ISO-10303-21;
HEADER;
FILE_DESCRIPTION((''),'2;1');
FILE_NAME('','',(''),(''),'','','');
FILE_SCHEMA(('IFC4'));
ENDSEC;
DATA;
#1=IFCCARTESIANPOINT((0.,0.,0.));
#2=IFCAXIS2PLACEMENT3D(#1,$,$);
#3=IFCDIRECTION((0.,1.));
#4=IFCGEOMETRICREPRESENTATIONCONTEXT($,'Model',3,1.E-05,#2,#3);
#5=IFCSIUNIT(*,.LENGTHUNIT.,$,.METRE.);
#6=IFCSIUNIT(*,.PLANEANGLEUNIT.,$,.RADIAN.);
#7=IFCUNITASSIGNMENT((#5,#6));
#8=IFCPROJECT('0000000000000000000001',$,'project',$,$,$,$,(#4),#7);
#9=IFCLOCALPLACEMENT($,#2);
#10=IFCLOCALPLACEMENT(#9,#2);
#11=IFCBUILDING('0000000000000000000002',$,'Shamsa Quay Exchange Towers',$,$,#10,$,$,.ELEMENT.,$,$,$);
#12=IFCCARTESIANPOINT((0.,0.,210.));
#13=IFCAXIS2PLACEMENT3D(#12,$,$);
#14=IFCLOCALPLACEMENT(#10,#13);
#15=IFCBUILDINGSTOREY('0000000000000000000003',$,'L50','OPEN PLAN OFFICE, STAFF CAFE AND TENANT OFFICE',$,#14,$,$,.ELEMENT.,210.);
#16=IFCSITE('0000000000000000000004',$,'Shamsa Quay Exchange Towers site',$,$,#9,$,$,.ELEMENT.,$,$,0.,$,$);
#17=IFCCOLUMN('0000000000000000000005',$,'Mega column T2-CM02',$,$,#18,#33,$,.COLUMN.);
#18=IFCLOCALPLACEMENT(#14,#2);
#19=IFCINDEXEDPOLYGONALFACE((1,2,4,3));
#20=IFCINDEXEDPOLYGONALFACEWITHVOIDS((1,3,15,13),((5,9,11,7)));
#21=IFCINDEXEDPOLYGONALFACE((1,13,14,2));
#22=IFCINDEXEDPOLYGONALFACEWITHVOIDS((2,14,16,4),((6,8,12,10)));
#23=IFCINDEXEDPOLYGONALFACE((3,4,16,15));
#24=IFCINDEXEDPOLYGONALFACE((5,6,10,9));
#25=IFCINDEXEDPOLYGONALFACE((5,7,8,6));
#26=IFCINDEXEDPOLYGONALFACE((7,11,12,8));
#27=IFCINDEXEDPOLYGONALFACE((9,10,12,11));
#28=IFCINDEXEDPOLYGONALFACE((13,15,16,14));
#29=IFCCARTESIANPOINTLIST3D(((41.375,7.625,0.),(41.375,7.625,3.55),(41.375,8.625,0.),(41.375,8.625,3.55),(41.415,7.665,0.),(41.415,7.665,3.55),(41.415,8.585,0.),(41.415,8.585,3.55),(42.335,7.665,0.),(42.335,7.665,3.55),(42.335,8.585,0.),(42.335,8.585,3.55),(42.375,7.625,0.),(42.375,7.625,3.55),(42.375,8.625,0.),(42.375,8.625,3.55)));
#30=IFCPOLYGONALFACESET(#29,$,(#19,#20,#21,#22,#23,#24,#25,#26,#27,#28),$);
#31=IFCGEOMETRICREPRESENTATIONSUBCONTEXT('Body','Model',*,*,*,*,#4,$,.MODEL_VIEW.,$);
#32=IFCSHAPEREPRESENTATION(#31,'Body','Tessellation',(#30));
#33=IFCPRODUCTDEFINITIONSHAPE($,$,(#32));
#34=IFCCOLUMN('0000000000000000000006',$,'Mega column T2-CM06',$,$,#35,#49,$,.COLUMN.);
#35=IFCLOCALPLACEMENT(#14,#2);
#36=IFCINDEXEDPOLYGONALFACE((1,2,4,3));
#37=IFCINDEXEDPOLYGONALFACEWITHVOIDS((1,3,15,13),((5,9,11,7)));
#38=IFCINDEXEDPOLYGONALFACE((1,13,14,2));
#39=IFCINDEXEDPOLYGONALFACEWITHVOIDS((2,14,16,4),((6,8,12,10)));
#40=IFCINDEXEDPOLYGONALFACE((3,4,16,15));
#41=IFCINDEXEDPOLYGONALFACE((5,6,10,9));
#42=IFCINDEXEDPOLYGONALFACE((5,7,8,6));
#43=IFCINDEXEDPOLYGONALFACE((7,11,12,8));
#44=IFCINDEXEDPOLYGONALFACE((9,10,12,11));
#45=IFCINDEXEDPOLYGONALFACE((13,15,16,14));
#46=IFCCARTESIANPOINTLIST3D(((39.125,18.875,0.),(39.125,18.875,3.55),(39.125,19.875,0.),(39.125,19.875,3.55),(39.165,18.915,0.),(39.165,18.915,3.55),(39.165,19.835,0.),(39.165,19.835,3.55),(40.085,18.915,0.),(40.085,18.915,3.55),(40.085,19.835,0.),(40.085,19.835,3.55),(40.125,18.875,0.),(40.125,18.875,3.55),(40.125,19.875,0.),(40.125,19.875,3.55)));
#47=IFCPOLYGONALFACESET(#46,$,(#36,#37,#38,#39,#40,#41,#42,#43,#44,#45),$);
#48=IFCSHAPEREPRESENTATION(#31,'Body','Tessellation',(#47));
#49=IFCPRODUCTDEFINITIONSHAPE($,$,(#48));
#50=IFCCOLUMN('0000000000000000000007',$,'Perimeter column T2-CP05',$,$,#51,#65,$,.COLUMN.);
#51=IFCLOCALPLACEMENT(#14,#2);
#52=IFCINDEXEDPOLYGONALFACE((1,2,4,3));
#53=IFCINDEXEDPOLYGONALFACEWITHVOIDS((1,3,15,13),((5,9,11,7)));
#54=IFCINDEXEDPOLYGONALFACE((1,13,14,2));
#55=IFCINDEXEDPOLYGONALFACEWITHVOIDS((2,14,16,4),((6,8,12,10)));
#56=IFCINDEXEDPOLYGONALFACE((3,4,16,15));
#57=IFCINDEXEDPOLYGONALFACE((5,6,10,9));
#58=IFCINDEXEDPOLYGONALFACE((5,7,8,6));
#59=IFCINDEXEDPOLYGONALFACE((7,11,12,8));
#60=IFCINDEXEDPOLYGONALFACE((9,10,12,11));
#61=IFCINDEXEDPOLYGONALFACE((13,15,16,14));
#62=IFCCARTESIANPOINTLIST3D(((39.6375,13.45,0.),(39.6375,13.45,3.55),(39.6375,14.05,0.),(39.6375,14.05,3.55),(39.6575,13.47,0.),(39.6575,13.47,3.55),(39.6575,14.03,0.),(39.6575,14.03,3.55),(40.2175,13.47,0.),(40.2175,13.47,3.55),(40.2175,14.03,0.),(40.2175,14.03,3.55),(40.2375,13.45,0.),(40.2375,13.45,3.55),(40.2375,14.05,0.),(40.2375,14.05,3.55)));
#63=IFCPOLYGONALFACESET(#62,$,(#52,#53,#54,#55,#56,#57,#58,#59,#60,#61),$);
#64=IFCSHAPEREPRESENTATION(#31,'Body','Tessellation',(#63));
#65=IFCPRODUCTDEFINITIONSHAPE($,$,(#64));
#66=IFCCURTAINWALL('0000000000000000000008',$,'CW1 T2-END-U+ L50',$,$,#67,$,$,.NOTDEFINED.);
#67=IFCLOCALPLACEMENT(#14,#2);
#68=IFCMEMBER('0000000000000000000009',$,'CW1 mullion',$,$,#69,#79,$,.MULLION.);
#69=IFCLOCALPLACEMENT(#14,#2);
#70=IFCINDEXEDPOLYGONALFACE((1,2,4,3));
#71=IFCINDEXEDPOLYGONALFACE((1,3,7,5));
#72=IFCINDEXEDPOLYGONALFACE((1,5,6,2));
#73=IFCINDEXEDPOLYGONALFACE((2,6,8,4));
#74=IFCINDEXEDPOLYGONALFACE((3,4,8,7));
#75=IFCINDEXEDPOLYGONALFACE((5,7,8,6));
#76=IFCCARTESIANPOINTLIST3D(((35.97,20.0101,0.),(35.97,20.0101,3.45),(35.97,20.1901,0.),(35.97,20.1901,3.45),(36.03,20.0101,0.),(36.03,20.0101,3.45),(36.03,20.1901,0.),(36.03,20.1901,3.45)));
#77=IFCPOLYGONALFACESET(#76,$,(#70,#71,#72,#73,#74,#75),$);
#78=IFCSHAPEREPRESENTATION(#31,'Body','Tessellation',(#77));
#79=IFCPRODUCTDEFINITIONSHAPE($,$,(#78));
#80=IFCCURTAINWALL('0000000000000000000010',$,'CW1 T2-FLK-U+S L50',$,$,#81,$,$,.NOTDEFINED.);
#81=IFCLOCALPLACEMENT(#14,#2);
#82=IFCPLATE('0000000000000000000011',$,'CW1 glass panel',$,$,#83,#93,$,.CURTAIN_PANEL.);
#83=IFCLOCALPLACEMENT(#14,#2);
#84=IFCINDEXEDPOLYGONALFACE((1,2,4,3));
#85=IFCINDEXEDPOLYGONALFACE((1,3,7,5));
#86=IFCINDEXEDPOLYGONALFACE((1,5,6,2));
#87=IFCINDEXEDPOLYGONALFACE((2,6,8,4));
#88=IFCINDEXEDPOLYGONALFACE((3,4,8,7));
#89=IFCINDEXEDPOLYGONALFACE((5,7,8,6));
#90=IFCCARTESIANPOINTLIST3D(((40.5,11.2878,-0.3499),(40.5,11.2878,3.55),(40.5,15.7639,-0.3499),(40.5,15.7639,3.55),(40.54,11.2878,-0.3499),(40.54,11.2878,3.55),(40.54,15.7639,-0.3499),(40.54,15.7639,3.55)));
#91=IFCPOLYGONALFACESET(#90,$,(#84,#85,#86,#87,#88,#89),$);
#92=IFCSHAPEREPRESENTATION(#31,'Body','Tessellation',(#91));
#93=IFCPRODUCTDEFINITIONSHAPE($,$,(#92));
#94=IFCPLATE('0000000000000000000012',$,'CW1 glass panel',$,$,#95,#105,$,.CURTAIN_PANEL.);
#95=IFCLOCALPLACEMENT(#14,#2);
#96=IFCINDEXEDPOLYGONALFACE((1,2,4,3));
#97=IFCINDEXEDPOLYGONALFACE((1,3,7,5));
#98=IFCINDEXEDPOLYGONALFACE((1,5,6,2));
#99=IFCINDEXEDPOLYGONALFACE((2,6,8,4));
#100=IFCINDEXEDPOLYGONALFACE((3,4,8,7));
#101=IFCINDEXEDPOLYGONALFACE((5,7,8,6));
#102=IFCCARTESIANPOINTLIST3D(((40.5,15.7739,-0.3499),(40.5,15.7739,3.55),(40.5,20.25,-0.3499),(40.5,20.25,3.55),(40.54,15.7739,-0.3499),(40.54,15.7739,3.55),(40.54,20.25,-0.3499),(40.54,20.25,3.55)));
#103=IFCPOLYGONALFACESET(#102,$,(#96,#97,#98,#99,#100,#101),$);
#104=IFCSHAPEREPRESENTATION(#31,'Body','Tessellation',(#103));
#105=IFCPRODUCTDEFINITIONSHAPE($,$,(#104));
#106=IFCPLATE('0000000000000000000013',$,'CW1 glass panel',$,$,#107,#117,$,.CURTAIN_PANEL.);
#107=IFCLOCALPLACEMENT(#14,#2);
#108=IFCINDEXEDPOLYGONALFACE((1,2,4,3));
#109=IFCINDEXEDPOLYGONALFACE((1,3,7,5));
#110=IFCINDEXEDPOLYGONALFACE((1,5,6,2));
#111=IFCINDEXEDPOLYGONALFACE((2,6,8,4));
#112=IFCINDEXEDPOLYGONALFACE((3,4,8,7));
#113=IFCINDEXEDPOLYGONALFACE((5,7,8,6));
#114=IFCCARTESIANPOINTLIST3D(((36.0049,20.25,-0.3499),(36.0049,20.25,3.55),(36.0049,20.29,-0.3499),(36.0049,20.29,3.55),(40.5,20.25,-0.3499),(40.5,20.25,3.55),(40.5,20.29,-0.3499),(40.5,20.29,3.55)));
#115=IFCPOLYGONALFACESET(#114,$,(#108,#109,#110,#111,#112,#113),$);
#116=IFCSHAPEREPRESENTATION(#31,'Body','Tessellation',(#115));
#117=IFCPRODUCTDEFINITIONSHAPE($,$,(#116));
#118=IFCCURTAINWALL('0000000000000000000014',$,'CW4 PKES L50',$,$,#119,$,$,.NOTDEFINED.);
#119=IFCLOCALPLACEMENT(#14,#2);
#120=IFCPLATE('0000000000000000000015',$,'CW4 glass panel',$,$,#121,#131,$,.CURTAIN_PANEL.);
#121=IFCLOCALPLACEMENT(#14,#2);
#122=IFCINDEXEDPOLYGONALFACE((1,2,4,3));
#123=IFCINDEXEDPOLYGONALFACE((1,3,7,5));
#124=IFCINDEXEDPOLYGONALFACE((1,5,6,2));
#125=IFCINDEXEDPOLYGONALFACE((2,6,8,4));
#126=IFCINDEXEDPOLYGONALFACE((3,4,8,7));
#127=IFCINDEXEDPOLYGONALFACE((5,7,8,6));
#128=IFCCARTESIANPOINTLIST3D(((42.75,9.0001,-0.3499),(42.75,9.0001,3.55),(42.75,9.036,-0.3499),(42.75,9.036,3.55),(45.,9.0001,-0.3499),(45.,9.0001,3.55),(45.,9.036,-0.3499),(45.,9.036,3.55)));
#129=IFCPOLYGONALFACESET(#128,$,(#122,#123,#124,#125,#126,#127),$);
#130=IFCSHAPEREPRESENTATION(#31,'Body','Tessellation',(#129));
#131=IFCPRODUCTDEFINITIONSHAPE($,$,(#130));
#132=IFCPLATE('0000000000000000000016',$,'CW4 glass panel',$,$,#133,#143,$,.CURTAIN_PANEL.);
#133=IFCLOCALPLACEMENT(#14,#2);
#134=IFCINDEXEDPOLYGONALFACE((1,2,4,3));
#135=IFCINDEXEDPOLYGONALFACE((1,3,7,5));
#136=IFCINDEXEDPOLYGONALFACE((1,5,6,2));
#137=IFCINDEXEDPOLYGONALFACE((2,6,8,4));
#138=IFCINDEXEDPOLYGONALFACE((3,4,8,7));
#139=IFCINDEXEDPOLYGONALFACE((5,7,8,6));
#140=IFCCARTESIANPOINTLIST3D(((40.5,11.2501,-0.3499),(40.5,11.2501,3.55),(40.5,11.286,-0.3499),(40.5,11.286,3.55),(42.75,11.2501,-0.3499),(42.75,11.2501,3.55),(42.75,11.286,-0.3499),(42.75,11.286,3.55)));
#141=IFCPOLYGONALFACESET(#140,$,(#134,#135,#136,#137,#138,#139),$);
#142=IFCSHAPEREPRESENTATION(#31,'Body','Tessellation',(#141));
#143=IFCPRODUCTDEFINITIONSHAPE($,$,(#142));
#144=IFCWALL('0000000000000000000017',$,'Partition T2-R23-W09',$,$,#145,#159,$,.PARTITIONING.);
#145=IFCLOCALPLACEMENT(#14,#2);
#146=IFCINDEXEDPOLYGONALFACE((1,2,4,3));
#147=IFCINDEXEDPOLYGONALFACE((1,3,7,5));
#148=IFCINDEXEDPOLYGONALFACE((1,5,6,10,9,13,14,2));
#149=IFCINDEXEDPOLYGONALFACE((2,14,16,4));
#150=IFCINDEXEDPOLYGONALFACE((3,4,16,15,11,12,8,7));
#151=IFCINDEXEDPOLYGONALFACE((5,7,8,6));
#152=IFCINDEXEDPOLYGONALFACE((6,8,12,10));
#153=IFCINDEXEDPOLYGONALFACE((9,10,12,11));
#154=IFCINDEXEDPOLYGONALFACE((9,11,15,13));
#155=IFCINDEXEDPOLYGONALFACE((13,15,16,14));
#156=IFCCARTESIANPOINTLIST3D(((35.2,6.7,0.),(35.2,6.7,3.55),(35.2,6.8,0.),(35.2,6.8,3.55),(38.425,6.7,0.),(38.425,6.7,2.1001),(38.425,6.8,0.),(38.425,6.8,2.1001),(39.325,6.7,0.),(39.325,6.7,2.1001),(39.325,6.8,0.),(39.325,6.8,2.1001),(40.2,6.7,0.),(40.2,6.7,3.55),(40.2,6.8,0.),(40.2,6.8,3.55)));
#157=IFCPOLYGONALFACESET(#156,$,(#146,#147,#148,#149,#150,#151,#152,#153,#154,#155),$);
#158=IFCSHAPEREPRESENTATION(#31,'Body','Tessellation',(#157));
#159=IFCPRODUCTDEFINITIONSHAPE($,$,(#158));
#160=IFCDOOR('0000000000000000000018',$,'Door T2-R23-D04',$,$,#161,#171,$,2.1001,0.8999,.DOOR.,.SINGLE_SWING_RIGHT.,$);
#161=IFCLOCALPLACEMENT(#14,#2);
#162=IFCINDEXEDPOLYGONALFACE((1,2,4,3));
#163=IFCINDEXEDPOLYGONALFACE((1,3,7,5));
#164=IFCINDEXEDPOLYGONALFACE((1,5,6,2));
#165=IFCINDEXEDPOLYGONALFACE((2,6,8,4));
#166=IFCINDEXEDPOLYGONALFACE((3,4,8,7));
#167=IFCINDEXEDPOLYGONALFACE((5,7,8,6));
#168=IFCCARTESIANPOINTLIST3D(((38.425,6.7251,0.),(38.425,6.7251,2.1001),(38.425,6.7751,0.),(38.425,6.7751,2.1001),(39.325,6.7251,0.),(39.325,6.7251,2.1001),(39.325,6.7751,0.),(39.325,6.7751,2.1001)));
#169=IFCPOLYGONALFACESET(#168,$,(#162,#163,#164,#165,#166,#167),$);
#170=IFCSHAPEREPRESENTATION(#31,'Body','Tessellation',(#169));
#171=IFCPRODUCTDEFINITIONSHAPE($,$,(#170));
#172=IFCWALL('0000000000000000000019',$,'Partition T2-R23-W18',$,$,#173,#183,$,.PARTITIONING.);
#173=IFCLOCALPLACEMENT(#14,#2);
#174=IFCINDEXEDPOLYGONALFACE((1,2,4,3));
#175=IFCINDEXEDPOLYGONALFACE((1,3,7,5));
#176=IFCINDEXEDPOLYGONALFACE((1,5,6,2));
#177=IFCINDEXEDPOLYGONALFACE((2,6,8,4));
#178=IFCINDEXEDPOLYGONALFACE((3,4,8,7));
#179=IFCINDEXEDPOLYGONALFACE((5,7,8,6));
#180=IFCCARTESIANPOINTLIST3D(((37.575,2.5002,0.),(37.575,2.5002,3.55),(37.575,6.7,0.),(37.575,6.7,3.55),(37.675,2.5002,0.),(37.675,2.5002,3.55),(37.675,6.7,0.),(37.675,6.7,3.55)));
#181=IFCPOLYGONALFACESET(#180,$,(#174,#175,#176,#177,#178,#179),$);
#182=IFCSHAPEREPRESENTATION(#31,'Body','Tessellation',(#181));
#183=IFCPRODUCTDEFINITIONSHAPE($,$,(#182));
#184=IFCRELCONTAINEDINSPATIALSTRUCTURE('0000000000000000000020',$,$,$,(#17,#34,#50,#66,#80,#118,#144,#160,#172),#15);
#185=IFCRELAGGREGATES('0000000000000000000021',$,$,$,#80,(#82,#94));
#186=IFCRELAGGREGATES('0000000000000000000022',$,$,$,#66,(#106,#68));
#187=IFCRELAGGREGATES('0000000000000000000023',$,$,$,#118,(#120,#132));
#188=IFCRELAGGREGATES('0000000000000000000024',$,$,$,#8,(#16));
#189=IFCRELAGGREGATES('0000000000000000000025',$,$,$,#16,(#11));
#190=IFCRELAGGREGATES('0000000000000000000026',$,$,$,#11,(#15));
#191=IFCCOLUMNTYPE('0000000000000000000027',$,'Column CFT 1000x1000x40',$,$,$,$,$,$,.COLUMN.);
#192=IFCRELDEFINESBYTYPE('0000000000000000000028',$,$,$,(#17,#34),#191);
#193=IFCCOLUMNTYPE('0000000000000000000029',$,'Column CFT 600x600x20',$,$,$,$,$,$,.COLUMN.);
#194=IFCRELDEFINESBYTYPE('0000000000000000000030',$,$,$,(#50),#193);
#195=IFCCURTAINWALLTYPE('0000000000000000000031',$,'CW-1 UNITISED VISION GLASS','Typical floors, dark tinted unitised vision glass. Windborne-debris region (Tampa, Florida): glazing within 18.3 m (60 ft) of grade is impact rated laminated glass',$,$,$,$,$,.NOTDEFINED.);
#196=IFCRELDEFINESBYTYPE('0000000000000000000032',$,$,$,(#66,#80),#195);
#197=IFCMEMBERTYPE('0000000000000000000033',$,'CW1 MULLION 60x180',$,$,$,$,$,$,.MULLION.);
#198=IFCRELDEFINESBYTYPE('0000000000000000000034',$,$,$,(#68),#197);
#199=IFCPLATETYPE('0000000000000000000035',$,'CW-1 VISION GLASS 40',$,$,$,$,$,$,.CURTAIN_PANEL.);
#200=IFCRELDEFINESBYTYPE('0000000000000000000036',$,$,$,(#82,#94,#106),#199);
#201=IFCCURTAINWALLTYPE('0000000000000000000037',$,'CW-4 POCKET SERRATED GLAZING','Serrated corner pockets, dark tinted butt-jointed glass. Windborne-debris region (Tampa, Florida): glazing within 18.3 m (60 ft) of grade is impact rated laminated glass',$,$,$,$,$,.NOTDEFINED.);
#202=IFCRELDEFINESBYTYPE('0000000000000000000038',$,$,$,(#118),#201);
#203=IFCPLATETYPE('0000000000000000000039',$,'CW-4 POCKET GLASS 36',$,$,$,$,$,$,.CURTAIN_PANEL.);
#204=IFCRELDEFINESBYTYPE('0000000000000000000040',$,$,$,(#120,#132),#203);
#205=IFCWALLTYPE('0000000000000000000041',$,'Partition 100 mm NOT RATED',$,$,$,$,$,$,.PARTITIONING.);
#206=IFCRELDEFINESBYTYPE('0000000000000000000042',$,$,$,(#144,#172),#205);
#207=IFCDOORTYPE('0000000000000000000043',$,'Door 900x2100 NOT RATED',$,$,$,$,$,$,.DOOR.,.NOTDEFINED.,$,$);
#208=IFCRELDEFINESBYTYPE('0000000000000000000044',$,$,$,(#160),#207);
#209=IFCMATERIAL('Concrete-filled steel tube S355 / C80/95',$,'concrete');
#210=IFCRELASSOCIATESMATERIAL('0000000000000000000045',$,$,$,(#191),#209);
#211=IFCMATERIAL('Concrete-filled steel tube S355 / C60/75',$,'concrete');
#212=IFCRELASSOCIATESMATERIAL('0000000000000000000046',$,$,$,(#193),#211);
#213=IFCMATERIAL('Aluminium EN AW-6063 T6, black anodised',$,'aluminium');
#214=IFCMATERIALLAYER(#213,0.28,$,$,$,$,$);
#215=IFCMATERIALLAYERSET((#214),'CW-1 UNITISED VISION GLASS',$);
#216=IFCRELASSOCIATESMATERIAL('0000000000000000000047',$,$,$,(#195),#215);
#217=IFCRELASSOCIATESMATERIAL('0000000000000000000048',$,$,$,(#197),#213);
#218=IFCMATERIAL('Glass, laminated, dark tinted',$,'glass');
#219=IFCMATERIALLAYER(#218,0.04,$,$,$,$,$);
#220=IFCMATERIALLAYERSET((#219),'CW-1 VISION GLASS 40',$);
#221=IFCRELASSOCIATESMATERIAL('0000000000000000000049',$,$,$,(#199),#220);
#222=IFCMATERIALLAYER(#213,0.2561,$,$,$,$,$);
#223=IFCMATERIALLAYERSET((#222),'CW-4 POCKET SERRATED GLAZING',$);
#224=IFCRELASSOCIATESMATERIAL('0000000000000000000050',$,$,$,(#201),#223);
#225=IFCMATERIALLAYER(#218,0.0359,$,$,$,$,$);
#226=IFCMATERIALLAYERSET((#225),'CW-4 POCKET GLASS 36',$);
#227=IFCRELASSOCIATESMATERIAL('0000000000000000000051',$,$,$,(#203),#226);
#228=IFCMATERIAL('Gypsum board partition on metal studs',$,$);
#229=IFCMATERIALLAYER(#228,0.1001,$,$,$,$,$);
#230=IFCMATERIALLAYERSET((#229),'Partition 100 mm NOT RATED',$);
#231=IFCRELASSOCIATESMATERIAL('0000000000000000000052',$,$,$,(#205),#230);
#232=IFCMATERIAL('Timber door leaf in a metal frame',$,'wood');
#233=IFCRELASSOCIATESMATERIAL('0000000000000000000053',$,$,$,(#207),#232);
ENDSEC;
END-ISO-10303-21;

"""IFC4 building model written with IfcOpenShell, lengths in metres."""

from ifc_helpers import new_model, si_unit, direction, frame, frame_2d, origin, origin_2d, place, context, subcontext, project, spatial, rectangle, hollow_rectangle, extrude, material, layer, layer_set, material_profile, profile_set, type_object, element, fill, aggregate, save


model = new_model("IFC4")

# Units and contexts
model_context = context("Model", 3, precision=1e-05, world=origin(), true_north=direction((0.0, 1.0)))
body_context = subcontext(model_context, "Body", "Model", "MODEL_VIEW")
ifc_project = project(units=[si_unit("LENGTHUNIT", "METRE"), si_unit("PLANEANGLEUNIT", "RADIAN")], contexts=[model_context])

# Site, building, storey
site_placement = place(None, origin())
site = spatial("IfcSite", under=ifc_project, at=site_placement, Name="Shamsa Quay Exchange Towers site", CompositionType="ELEMENT", RefElevation=0.0)
building_placement = place(site_placement, origin())
building = spatial("IfcBuilding", under=site, at=building_placement, Name="Shamsa Quay Exchange Towers", CompositionType="ELEMENT")
storey_placement = place(building_placement, frame((0.0, 0.0, 210.0)))
storey = spatial("IfcBuildingStorey", under=building, at=storey_placement, Name="L50", Description="OPEN PLAN OFFICE, STAFF CAFE AND TENANT OFFICE", CompositionType="ELEMENT", Elevation=210.0)

# Columns
ifc_material_1 = material(Name="Concrete-filled steel tube S355 / C80/95", Category="concrete")
ifc_material_profile_1 = material_profile(ifc_material_1, hollow_rectangle(XDim=1.0, YDim=1.0, WallThickness=0.04, at=origin_2d()), Name="CFT 1000x1000x40")
ifc_profile_set_1 = profile_set([ifc_material_profile_1], Name="Concrete-filled steel tube S355 / C80/95")
column_type_1 = type_object("IfcColumnType", Name="Column CFT 1000x1000x40", PredefinedType="COLUMN", material=ifc_profile_set_1)
for number, where, name in (
    (1, (41.875, 8.125, 0.0), "Mega column T2-CM02"),
    (2, (39.625, 19.375, 0.0), "Mega column T2-CM06"),
):
    element("IfcColumn", number, at=place(storey_placement, frame(where)), inside=storey, type_object=column_type_1, Name=name, PredefinedType="COLUMN", context=body_context, shape_type="SweptSolid", body=[
        extrude(hollow_rectangle(XDim=1.0, YDim=1.0, WallThickness=0.04, at=origin_2d()), origin(), (0.0, 0.0, 1.0), 3.55),
    ])
ifc_material_2 = material(Name="Concrete-filled steel tube S355 / C60/75", Category="concrete")
ifc_material_profile_2 = material_profile(ifc_material_2, hollow_rectangle(XDim=0.6001, YDim=0.6001, WallThickness=0.02, at=origin_2d()), Name="CFT 600x600x20")
ifc_profile_set_2 = profile_set([ifc_material_profile_2], Name="Concrete-filled steel tube S355 / C60/75")
column_type_2 = type_object("IfcColumnType", Name="Column CFT 600x600x20", PredefinedType="COLUMN", material=ifc_profile_set_2)
column_placement = place(storey_placement, frame((39.9375, 13.75, 0.0)))
element("IfcColumn", 3, at=column_placement, inside=storey, type_object=column_type_2, Name="Perimeter column T2-CP05", PredefinedType="COLUMN", context=body_context, shape_type="SweptSolid", body=[
    extrude(hollow_rectangle(XDim=0.6001, YDim=0.6001, WallThickness=0.02, at=origin_2d()), origin(), (0.0, 0.0, 1.0), 3.55),
])

# Curtain wall, member
ifc_material_3 = material(Name="Aluminium EN AW-6063 T6, black anodised", Category="aluminium")
ifc_layer_1 = layer(ifc_material_3, 0.28)
ifc_layer_set_1 = layer_set([ifc_layer_1], Name="CW-1 UNITISED VISION GLASS")
curtain_wall_type_1 = type_object("IfcCurtainWallType", Name="CW-1 UNITISED VISION GLASS", Description="Typical floors, dark tinted unitised vision glass. Windborne-debris region (Tampa, Florida): glazing within 18.3 m (60 ft) of grade is impact rated laminated glass", PredefinedType="NOTDEFINED", material=ifc_layer_set_1)
curtain_wall_1_placement = place(storey_placement, origin())
curtain_wall_1 = element("IfcCurtainWall", 4, at=curtain_wall_1_placement, inside=storey, type_object=curtain_wall_type_1, Name="CW1 T2-END-U+ L50", PredefinedType="NOTDEFINED")
ifc_material_profile_3 = material_profile(ifc_material_3, rectangle(XDim=0.1799, YDim=0.0601, at=origin_2d()), Name="MU60x180")
ifc_profile_set_3 = profile_set([ifc_material_profile_3], Name="Aluminium EN AW-6063 T6, black anodised")
member_type = type_object("IfcMemberType", Name="CW1 MULLION 60x180", PredefinedType="MULLION", material=ifc_profile_set_3)
member_placement = place(storey_placement, frame((36.0, 20.1001, 0.0), z_axis=(0.0, 0.0, 1.0), x_axis=(0.0, -1.0, 0.0)))
member = element("IfcMember", 5, at=member_placement, type_object=member_type, Name="CW1 mullion", PredefinedType="MULLION", context=body_context, shape_type="SweptSolid", body=[
    extrude(rectangle(XDim=0.1799, YDim=0.0601, at=origin_2d()), origin(), (0.0, 0.0, 1.0), 3.45),
])

# Curtain wall, plates
curtain_wall_2_placement = place(storey_placement, origin())
curtain_wall_2 = element("IfcCurtainWall", 6, at=curtain_wall_2_placement, inside=storey, type_object=curtain_wall_type_1, Name="CW1 T2-FLK-U+S L50", PredefinedType="NOTDEFINED")
ifc_material_4 = material(Name="Glass, laminated, dark tinted", Category="glass")
ifc_layer_2 = layer(ifc_material_4, 0.04)
ifc_layer_set_2 = layer_set([ifc_layer_2], Name="CW-1 VISION GLASS 40")
plate_type_1 = type_object("IfcPlateType", Name="CW-1 VISION GLASS 40", PredefinedType="CURTAIN_PANEL", material=ifc_layer_set_2)
plate_1_placement = place(storey_placement, frame((40.52, 13.5259, -0.3499), z_axis=(0.0, 0.0, 1.0), x_axis=(0.0, 1.0, 0.0)))
plate_1 = element("IfcPlate", 7, at=plate_1_placement, type_object=plate_type_1, Name="CW1 glass panel", PredefinedType="CURTAIN_PANEL", context=body_context, shape_type="SweptSolid", body=[
    extrude(rectangle(XDim=4.4761, YDim=0.04, at=origin_2d()), origin(), (0.0, 0.0, 1.0), 3.8999),
])
plate_2_placement = place(storey_placement, frame((40.52, 18.012, -0.3499), z_axis=(0.0, 0.0, 1.0), x_axis=(0.0, 1.0, 0.0)))
plate_2 = element("IfcPlate", 8, at=plate_2_placement, type_object=plate_type_1, Name="CW1 glass panel", PredefinedType="CURTAIN_PANEL", context=body_context, shape_type="SweptSolid", body=[
    extrude(rectangle(XDim=4.4761, YDim=0.04, at=origin_2d()), origin(), (0.0, 0.0, 1.0), 3.8999),
])
aggregate(curtain_wall_2, [plate_1, plate_2])

# Plate
plate_3_placement = place(storey_placement, frame((38.2524, 20.27, -0.3499), z_axis=(0.0, 0.0, 1.0), x_axis=(-1.0, 0.0, 0.0)))
plate_3 = element("IfcPlate", 9, at=plate_3_placement, type_object=plate_type_1, Name="CW1 glass panel", PredefinedType="CURTAIN_PANEL", context=body_context, shape_type="SweptSolid", body=[
    extrude(rectangle(XDim=4.4951, YDim=0.04, at=origin_2d()), origin(), (0.0, 0.0, 1.0), 3.8999),
])
aggregate(curtain_wall_1, [plate_3, member])

# Curtain wall, plates
ifc_layer_3 = layer(ifc_material_3, 0.2561)
ifc_layer_set_3 = layer_set([ifc_layer_3], Name="CW-4 POCKET SERRATED GLAZING")
curtain_wall_type_2 = type_object("IfcCurtainWallType", Name="CW-4 POCKET SERRATED GLAZING", Description="Serrated corner pockets, dark tinted butt-jointed glass. Windborne-debris region (Tampa, Florida): glazing within 18.3 m (60 ft) of grade is impact rated laminated glass", PredefinedType="NOTDEFINED", material=ifc_layer_set_3)
curtain_wall_3_placement = place(storey_placement, origin())
curtain_wall_3 = element("IfcCurtainWall", 10, at=curtain_wall_3_placement, inside=storey, type_object=curtain_wall_type_2, Name="CW4 PKES L50", PredefinedType="NOTDEFINED")
ifc_layer_4 = layer(ifc_material_4, 0.0359)
ifc_layer_set_4 = layer_set([ifc_layer_4], Name="CW-4 POCKET GLASS 36")
plate_type_2 = type_object("IfcPlateType", Name="CW-4 POCKET GLASS 36", PredefinedType="CURTAIN_PANEL", material=ifc_layer_set_4)
plate_4_placement = place(storey_placement, frame((43.875, 9.0181, -0.3499), z_axis=(0.0, 0.0, 1.0), x_axis=(-1.0, 0.0, 0.0)))
plate_4 = element("IfcPlate", 11, at=plate_4_placement, type_object=plate_type_2, Name="CW4 glass panel", PredefinedType="CURTAIN_PANEL", context=body_context, shape_type="SweptSolid", body=[
    extrude(rectangle(XDim=2.25, YDim=0.0359, at=origin_2d()), origin(), (0.0, 0.0, 1.0), 3.8999),
])
plate_5_placement = place(storey_placement, frame((41.625, 11.2681, -0.3499), z_axis=(0.0, 0.0, 1.0), x_axis=(-1.0, 0.0, 0.0)))
plate_5 = element("IfcPlate", 12, at=plate_5_placement, type_object=plate_type_2, Name="CW4 glass panel", PredefinedType="CURTAIN_PANEL", context=body_context, shape_type="SweptSolid", body=[
    extrude(rectangle(XDim=2.25, YDim=0.0359, at=origin_2d()), origin(), (0.0, 0.0, 1.0), 3.8999),
])
aggregate(curtain_wall_3, [plate_4, plate_5])

# Wall, opening, door
ifc_material_5 = material(Name="Gypsum board partition on metal studs")
ifc_layer_5 = layer(ifc_material_5, 0.1001)
ifc_layer_set_5 = layer_set([ifc_layer_5], Name="Partition 100 mm NOT RATED")
wall_type_1 = type_object("IfcWallType", Name="Partition 100 mm NOT RATED", PredefinedType="PARTITIONING", material=ifc_layer_set_5)
wall_1_placement = place(storey_placement, frame((40.2, 6.75, 0.0), z_axis=(0.0, 0.0, 1.0), x_axis=(-1.0, 0.0, 0.0)))
wall_1 = element("IfcWall", 13, at=wall_1_placement, inside=storey, type_object=wall_type_1, Name="Partition T2-R23-W09", PredefinedType="PARTITIONING", context=body_context, shape_type="SweptSolid", body=[
    extrude(rectangle(XDim=5.0, YDim=0.1001, at=frame_2d((2.5, 0.0))), origin(), (0.0, 0.0, 1.0), 3.55),
])
opening_1_placement = place(wall_1_placement, frame((0.875, 0.0, 0.0)))
opening_1 = element("IfcOpeningElement", 14, at=opening_1_placement, cuts=wall_1, PredefinedType="OPENING", context=body_context, shape_type="SweptSolid", body=[
    extrude(rectangle(XDim=0.8999, YDim=2.1001, at=frame_2d((0.45, 1.05))), frame((0.0, 0.0601, 0.0), z_axis=(0.0, -1.0, 0.0), x_axis=(1.0, 0.0, 0.0)), (0.0, 0.0, 1.0), 0.1201),
])
ifc_material_6 = material(Name="Timber door leaf in a metal frame", Category="wood")
door_type_1 = type_object("IfcDoorType", Name="Door 900x2100 NOT RATED", OperationType="NOTDEFINED", PredefinedType="DOOR", material=ifc_material_6)
door_1_placement = place(opening_1_placement, origin())
door_1 = element("IfcDoor", 15, at=door_1_placement, inside=storey, type_object=door_type_1, Name="Door T2-R23-D04", OperationType="SINGLE_SWING_RIGHT", OverallHeight=2.1001, OverallWidth=0.8999, PredefinedType="DOOR", context=body_context, shape_type="SweptSolid", body=[
    extrude(rectangle(XDim=0.8999, YDim=2.1001, at=frame_2d((0.45, 1.05))), frame((0.0, 0.0249, 0.0), z_axis=(0.0, -1.0, 0.0), x_axis=(1.0, 0.0, 0.0)), (0.0, 0.0, 1.0), 0.05),
])
fill(opening_1, door_1)

# Wall
wall_2_placement = place(storey_placement, frame((37.625, 6.7, 0.0), z_axis=(0.0, 0.0, 1.0), x_axis=(0.0, -1.0, 0.0)))
element("IfcWall", 16, at=wall_2_placement, inside=storey, type_object=wall_type_1, Name="Partition T2-R23-W18", PredefinedType="PARTITIONING", context=body_context, shape_type="SweptSolid", body=[
    extrude(rectangle(XDim=4.1997, YDim=0.1001, at=frame_2d((2.0999, 0.0))), origin(), (0.0, 0.0, 1.0), 3.55),
])

save(model, "model.ifc")
